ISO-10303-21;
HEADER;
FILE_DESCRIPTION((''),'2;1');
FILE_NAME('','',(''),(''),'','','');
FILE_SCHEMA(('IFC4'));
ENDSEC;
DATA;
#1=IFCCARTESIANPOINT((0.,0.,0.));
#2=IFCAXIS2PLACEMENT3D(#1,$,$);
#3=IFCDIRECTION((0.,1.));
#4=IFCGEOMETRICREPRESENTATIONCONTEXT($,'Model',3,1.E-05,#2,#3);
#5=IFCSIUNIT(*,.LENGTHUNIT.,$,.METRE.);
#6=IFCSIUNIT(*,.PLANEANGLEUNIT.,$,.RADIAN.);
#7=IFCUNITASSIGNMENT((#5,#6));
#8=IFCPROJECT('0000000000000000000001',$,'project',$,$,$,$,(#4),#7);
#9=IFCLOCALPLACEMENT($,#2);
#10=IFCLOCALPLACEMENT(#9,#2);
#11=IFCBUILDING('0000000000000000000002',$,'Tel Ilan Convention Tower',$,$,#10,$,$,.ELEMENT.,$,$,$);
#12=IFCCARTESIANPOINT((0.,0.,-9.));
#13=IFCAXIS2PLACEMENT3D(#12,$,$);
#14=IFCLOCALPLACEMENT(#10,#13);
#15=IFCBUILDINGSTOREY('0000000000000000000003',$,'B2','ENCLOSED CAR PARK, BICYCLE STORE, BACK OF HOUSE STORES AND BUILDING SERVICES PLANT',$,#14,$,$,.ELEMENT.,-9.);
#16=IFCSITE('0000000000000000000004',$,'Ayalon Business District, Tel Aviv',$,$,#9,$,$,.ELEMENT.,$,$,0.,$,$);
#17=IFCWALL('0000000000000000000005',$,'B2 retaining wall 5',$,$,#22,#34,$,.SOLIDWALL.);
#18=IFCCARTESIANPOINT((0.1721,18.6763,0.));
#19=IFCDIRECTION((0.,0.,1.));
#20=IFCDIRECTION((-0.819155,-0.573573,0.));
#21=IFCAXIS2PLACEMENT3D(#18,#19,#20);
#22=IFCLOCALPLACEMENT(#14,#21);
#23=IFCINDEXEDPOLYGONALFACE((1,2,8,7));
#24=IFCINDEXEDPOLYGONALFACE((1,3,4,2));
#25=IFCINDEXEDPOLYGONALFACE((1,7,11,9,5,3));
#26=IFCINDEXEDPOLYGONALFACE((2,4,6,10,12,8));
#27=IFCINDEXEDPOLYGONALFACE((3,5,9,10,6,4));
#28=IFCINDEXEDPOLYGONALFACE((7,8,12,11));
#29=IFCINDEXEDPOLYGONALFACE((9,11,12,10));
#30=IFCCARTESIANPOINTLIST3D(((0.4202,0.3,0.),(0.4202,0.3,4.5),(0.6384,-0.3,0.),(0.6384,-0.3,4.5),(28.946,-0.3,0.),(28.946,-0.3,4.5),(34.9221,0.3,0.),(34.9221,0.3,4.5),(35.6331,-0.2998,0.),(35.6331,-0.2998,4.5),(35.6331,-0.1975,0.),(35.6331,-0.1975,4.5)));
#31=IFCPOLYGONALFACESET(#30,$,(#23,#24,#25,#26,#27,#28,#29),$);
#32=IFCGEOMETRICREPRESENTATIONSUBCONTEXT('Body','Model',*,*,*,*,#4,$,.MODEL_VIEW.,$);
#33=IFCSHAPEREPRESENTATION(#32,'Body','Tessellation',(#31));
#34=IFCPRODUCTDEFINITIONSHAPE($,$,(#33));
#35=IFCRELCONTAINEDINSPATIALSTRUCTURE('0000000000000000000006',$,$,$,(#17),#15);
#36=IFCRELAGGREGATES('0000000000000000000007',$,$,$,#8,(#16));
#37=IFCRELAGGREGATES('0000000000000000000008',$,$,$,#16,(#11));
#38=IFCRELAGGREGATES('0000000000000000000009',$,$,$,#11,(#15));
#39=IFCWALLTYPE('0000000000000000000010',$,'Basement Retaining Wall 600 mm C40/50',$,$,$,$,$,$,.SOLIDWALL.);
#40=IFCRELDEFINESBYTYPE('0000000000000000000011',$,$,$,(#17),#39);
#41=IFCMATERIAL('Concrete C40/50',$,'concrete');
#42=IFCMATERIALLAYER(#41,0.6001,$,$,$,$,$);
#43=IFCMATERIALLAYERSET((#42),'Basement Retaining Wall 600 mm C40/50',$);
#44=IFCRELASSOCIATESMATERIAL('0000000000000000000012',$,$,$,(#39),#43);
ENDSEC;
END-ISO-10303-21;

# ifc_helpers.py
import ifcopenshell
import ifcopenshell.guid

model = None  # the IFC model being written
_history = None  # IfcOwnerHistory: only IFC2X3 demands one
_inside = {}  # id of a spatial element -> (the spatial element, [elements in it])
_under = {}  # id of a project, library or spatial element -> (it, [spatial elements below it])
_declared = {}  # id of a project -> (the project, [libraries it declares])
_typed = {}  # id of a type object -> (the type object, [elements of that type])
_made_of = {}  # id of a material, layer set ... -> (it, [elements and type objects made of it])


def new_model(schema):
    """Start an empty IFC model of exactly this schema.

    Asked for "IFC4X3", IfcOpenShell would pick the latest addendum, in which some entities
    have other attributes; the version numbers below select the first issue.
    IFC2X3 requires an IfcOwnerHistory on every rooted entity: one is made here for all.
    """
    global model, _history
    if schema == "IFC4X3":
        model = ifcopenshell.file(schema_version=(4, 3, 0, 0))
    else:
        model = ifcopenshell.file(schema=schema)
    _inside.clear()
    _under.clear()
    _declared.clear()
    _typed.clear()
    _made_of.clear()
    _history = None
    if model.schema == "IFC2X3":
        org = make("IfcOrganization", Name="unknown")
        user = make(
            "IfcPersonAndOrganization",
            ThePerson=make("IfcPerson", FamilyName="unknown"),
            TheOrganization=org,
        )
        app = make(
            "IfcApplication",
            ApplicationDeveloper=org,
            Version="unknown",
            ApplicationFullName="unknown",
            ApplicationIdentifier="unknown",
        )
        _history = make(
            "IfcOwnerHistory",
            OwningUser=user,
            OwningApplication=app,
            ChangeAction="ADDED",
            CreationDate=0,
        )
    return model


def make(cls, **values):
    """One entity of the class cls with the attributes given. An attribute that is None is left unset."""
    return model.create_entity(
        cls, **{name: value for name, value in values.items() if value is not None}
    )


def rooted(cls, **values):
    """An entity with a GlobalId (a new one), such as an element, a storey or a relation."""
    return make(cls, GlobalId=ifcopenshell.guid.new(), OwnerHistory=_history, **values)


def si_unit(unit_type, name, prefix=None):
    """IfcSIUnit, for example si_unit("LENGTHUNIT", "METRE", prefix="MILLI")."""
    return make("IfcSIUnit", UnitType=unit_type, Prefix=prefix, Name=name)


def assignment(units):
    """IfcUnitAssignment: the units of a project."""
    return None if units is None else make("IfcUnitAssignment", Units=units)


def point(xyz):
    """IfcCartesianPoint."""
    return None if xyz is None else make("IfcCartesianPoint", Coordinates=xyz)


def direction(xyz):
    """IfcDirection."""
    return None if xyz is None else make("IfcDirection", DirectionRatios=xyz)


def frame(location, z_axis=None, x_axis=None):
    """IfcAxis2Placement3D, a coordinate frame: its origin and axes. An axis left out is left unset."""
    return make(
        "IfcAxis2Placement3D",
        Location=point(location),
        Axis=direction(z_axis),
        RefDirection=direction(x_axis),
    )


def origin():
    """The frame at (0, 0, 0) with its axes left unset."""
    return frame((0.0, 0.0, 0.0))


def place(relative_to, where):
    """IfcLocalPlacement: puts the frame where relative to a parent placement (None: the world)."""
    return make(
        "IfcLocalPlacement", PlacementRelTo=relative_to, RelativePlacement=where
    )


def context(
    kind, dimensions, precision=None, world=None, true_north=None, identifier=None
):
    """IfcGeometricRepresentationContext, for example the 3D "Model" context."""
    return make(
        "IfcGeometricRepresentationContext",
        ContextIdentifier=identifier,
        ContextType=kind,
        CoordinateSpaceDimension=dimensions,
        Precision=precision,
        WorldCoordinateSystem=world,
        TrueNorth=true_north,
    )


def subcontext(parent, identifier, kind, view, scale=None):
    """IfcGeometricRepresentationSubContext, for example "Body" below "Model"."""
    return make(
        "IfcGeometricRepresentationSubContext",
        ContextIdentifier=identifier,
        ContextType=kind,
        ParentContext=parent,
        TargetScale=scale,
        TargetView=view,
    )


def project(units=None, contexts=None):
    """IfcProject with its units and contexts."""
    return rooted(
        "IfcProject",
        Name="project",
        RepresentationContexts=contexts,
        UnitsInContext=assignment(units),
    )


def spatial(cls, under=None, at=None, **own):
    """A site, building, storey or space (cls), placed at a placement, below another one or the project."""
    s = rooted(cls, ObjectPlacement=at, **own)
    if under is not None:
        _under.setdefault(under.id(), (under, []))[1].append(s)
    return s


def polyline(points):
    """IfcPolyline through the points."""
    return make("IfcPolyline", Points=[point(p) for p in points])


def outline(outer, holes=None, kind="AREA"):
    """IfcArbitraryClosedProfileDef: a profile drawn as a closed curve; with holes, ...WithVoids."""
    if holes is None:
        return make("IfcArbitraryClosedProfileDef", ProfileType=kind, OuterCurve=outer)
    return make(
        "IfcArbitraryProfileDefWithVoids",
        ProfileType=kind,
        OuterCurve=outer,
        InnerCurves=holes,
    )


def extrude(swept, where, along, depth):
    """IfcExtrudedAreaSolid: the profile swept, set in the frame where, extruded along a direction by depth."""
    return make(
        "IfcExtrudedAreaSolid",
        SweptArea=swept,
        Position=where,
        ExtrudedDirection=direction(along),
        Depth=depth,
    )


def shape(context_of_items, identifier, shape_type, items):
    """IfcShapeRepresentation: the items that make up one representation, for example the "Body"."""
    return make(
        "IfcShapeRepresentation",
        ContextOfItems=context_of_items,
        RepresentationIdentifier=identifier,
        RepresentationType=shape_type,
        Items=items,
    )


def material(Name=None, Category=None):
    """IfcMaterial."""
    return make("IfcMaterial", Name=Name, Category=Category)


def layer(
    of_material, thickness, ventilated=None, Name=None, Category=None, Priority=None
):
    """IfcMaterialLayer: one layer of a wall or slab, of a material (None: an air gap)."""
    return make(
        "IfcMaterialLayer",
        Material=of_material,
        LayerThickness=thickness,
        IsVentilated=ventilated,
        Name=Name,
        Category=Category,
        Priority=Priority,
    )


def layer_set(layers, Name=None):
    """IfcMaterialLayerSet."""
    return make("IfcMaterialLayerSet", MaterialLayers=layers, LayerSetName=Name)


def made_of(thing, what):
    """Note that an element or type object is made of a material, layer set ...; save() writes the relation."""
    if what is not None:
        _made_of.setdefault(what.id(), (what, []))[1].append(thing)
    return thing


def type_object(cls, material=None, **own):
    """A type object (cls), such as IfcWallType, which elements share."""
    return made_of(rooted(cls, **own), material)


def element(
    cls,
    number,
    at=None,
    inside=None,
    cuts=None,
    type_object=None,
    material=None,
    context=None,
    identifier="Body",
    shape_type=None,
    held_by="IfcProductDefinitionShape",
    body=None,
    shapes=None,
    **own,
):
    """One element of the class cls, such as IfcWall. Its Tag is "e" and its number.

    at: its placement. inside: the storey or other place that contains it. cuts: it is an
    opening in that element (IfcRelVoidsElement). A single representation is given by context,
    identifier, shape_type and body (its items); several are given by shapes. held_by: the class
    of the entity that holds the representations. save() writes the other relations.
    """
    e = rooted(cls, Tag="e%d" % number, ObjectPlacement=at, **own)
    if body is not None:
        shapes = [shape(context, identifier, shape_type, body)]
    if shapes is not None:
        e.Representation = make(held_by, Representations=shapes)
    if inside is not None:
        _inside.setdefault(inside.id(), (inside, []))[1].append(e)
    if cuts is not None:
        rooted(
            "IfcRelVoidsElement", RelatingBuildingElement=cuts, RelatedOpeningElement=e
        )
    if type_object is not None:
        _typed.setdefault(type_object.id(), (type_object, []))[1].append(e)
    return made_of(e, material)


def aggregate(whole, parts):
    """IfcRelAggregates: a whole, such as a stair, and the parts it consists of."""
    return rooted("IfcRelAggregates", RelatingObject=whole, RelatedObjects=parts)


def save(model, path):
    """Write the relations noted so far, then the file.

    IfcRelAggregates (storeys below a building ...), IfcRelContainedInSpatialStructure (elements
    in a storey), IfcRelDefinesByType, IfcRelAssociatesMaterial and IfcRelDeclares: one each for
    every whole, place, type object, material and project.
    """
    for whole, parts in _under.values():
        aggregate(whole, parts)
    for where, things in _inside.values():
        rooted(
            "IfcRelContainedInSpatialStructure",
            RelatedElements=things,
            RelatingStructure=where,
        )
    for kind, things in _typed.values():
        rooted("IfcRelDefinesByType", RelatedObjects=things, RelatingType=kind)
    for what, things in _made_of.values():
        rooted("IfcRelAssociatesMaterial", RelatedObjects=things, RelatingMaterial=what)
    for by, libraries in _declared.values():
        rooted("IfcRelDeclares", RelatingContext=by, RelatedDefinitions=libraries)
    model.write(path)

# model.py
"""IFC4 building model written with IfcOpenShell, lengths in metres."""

from ifc_helpers import new_model, si_unit, direction, frame, origin, place, context, subcontext, project, spatial, polyline, outline, extrude, material, layer, layer_set, type_object, element, save


model = new_model("IFC4")

# Units and contexts
model_context = context("Model", 3, precision=1e-05, world=origin(), true_north=direction((0.0, 1.0)))
body_context = subcontext(model_context, "Body", "Model", "MODEL_VIEW")
ifc_project = project(units=[si_unit("LENGTHUNIT", "METRE"), si_unit("PLANEANGLEUNIT", "RADIAN")], contexts=[model_context])

# Site, building, storey
site_placement = place(None, origin())
site = spatial("IfcSite", under=ifc_project, at=site_placement, Name="Ayalon Business District, Tel Aviv", CompositionType="ELEMENT", RefElevation=0.0)
building_placement = place(site_placement, origin())
building = spatial("IfcBuilding", under=site, at=building_placement, Name="Tel Ilan Convention Tower", CompositionType="ELEMENT")
storey_placement = place(building_placement, frame((0.0, 0.0, -9.0)))
storey = spatial("IfcBuildingStorey", under=building, at=storey_placement, Name="B2", Description="ENCLOSED CAR PARK, BICYCLE STORE, BACK OF HOUSE STORES AND BUILDING SERVICES PLANT", CompositionType="ELEMENT", Elevation=-9.0)

# Wall
ifc_material_1 = material(Name="Concrete C40/50", Category="concrete")
ifc_layer_1 = layer(ifc_material_1, 0.6001)
ifc_layer_set_1 = layer_set([ifc_layer_1], Name="Basement Retaining Wall 600 mm C40/50")
wall_type_1 = type_object("IfcWallType", Name="Basement Retaining Wall 600 mm C40/50", PredefinedType="SOLIDWALL", material=ifc_layer_set_1)
wall_1_placement = place(storey_placement, frame((0.1721, 18.6763, 0.0), z_axis=(0.0, 0.0, 1.0), x_axis=(-0.819155, -0.573573, 0.0)))
element("IfcWall", 1, at=wall_1_placement, inside=storey, type_object=wall_type_1, Name="B2 retaining wall 5", PredefinedType="SOLIDWALL", context=body_context, shape_type="SweptSolid", body=[
    extrude(outline(polyline([(34.9221, 0.3), (35.6331, -0.1975), (35.6331, -0.2998), (28.946, -0.3), (0.6384, -0.3), (0.4202, 0.3), (34.9221, 0.3)])), origin(), (0.0, 0.0, 1.0), 4.5),
])

save(model, "model.ifc")
